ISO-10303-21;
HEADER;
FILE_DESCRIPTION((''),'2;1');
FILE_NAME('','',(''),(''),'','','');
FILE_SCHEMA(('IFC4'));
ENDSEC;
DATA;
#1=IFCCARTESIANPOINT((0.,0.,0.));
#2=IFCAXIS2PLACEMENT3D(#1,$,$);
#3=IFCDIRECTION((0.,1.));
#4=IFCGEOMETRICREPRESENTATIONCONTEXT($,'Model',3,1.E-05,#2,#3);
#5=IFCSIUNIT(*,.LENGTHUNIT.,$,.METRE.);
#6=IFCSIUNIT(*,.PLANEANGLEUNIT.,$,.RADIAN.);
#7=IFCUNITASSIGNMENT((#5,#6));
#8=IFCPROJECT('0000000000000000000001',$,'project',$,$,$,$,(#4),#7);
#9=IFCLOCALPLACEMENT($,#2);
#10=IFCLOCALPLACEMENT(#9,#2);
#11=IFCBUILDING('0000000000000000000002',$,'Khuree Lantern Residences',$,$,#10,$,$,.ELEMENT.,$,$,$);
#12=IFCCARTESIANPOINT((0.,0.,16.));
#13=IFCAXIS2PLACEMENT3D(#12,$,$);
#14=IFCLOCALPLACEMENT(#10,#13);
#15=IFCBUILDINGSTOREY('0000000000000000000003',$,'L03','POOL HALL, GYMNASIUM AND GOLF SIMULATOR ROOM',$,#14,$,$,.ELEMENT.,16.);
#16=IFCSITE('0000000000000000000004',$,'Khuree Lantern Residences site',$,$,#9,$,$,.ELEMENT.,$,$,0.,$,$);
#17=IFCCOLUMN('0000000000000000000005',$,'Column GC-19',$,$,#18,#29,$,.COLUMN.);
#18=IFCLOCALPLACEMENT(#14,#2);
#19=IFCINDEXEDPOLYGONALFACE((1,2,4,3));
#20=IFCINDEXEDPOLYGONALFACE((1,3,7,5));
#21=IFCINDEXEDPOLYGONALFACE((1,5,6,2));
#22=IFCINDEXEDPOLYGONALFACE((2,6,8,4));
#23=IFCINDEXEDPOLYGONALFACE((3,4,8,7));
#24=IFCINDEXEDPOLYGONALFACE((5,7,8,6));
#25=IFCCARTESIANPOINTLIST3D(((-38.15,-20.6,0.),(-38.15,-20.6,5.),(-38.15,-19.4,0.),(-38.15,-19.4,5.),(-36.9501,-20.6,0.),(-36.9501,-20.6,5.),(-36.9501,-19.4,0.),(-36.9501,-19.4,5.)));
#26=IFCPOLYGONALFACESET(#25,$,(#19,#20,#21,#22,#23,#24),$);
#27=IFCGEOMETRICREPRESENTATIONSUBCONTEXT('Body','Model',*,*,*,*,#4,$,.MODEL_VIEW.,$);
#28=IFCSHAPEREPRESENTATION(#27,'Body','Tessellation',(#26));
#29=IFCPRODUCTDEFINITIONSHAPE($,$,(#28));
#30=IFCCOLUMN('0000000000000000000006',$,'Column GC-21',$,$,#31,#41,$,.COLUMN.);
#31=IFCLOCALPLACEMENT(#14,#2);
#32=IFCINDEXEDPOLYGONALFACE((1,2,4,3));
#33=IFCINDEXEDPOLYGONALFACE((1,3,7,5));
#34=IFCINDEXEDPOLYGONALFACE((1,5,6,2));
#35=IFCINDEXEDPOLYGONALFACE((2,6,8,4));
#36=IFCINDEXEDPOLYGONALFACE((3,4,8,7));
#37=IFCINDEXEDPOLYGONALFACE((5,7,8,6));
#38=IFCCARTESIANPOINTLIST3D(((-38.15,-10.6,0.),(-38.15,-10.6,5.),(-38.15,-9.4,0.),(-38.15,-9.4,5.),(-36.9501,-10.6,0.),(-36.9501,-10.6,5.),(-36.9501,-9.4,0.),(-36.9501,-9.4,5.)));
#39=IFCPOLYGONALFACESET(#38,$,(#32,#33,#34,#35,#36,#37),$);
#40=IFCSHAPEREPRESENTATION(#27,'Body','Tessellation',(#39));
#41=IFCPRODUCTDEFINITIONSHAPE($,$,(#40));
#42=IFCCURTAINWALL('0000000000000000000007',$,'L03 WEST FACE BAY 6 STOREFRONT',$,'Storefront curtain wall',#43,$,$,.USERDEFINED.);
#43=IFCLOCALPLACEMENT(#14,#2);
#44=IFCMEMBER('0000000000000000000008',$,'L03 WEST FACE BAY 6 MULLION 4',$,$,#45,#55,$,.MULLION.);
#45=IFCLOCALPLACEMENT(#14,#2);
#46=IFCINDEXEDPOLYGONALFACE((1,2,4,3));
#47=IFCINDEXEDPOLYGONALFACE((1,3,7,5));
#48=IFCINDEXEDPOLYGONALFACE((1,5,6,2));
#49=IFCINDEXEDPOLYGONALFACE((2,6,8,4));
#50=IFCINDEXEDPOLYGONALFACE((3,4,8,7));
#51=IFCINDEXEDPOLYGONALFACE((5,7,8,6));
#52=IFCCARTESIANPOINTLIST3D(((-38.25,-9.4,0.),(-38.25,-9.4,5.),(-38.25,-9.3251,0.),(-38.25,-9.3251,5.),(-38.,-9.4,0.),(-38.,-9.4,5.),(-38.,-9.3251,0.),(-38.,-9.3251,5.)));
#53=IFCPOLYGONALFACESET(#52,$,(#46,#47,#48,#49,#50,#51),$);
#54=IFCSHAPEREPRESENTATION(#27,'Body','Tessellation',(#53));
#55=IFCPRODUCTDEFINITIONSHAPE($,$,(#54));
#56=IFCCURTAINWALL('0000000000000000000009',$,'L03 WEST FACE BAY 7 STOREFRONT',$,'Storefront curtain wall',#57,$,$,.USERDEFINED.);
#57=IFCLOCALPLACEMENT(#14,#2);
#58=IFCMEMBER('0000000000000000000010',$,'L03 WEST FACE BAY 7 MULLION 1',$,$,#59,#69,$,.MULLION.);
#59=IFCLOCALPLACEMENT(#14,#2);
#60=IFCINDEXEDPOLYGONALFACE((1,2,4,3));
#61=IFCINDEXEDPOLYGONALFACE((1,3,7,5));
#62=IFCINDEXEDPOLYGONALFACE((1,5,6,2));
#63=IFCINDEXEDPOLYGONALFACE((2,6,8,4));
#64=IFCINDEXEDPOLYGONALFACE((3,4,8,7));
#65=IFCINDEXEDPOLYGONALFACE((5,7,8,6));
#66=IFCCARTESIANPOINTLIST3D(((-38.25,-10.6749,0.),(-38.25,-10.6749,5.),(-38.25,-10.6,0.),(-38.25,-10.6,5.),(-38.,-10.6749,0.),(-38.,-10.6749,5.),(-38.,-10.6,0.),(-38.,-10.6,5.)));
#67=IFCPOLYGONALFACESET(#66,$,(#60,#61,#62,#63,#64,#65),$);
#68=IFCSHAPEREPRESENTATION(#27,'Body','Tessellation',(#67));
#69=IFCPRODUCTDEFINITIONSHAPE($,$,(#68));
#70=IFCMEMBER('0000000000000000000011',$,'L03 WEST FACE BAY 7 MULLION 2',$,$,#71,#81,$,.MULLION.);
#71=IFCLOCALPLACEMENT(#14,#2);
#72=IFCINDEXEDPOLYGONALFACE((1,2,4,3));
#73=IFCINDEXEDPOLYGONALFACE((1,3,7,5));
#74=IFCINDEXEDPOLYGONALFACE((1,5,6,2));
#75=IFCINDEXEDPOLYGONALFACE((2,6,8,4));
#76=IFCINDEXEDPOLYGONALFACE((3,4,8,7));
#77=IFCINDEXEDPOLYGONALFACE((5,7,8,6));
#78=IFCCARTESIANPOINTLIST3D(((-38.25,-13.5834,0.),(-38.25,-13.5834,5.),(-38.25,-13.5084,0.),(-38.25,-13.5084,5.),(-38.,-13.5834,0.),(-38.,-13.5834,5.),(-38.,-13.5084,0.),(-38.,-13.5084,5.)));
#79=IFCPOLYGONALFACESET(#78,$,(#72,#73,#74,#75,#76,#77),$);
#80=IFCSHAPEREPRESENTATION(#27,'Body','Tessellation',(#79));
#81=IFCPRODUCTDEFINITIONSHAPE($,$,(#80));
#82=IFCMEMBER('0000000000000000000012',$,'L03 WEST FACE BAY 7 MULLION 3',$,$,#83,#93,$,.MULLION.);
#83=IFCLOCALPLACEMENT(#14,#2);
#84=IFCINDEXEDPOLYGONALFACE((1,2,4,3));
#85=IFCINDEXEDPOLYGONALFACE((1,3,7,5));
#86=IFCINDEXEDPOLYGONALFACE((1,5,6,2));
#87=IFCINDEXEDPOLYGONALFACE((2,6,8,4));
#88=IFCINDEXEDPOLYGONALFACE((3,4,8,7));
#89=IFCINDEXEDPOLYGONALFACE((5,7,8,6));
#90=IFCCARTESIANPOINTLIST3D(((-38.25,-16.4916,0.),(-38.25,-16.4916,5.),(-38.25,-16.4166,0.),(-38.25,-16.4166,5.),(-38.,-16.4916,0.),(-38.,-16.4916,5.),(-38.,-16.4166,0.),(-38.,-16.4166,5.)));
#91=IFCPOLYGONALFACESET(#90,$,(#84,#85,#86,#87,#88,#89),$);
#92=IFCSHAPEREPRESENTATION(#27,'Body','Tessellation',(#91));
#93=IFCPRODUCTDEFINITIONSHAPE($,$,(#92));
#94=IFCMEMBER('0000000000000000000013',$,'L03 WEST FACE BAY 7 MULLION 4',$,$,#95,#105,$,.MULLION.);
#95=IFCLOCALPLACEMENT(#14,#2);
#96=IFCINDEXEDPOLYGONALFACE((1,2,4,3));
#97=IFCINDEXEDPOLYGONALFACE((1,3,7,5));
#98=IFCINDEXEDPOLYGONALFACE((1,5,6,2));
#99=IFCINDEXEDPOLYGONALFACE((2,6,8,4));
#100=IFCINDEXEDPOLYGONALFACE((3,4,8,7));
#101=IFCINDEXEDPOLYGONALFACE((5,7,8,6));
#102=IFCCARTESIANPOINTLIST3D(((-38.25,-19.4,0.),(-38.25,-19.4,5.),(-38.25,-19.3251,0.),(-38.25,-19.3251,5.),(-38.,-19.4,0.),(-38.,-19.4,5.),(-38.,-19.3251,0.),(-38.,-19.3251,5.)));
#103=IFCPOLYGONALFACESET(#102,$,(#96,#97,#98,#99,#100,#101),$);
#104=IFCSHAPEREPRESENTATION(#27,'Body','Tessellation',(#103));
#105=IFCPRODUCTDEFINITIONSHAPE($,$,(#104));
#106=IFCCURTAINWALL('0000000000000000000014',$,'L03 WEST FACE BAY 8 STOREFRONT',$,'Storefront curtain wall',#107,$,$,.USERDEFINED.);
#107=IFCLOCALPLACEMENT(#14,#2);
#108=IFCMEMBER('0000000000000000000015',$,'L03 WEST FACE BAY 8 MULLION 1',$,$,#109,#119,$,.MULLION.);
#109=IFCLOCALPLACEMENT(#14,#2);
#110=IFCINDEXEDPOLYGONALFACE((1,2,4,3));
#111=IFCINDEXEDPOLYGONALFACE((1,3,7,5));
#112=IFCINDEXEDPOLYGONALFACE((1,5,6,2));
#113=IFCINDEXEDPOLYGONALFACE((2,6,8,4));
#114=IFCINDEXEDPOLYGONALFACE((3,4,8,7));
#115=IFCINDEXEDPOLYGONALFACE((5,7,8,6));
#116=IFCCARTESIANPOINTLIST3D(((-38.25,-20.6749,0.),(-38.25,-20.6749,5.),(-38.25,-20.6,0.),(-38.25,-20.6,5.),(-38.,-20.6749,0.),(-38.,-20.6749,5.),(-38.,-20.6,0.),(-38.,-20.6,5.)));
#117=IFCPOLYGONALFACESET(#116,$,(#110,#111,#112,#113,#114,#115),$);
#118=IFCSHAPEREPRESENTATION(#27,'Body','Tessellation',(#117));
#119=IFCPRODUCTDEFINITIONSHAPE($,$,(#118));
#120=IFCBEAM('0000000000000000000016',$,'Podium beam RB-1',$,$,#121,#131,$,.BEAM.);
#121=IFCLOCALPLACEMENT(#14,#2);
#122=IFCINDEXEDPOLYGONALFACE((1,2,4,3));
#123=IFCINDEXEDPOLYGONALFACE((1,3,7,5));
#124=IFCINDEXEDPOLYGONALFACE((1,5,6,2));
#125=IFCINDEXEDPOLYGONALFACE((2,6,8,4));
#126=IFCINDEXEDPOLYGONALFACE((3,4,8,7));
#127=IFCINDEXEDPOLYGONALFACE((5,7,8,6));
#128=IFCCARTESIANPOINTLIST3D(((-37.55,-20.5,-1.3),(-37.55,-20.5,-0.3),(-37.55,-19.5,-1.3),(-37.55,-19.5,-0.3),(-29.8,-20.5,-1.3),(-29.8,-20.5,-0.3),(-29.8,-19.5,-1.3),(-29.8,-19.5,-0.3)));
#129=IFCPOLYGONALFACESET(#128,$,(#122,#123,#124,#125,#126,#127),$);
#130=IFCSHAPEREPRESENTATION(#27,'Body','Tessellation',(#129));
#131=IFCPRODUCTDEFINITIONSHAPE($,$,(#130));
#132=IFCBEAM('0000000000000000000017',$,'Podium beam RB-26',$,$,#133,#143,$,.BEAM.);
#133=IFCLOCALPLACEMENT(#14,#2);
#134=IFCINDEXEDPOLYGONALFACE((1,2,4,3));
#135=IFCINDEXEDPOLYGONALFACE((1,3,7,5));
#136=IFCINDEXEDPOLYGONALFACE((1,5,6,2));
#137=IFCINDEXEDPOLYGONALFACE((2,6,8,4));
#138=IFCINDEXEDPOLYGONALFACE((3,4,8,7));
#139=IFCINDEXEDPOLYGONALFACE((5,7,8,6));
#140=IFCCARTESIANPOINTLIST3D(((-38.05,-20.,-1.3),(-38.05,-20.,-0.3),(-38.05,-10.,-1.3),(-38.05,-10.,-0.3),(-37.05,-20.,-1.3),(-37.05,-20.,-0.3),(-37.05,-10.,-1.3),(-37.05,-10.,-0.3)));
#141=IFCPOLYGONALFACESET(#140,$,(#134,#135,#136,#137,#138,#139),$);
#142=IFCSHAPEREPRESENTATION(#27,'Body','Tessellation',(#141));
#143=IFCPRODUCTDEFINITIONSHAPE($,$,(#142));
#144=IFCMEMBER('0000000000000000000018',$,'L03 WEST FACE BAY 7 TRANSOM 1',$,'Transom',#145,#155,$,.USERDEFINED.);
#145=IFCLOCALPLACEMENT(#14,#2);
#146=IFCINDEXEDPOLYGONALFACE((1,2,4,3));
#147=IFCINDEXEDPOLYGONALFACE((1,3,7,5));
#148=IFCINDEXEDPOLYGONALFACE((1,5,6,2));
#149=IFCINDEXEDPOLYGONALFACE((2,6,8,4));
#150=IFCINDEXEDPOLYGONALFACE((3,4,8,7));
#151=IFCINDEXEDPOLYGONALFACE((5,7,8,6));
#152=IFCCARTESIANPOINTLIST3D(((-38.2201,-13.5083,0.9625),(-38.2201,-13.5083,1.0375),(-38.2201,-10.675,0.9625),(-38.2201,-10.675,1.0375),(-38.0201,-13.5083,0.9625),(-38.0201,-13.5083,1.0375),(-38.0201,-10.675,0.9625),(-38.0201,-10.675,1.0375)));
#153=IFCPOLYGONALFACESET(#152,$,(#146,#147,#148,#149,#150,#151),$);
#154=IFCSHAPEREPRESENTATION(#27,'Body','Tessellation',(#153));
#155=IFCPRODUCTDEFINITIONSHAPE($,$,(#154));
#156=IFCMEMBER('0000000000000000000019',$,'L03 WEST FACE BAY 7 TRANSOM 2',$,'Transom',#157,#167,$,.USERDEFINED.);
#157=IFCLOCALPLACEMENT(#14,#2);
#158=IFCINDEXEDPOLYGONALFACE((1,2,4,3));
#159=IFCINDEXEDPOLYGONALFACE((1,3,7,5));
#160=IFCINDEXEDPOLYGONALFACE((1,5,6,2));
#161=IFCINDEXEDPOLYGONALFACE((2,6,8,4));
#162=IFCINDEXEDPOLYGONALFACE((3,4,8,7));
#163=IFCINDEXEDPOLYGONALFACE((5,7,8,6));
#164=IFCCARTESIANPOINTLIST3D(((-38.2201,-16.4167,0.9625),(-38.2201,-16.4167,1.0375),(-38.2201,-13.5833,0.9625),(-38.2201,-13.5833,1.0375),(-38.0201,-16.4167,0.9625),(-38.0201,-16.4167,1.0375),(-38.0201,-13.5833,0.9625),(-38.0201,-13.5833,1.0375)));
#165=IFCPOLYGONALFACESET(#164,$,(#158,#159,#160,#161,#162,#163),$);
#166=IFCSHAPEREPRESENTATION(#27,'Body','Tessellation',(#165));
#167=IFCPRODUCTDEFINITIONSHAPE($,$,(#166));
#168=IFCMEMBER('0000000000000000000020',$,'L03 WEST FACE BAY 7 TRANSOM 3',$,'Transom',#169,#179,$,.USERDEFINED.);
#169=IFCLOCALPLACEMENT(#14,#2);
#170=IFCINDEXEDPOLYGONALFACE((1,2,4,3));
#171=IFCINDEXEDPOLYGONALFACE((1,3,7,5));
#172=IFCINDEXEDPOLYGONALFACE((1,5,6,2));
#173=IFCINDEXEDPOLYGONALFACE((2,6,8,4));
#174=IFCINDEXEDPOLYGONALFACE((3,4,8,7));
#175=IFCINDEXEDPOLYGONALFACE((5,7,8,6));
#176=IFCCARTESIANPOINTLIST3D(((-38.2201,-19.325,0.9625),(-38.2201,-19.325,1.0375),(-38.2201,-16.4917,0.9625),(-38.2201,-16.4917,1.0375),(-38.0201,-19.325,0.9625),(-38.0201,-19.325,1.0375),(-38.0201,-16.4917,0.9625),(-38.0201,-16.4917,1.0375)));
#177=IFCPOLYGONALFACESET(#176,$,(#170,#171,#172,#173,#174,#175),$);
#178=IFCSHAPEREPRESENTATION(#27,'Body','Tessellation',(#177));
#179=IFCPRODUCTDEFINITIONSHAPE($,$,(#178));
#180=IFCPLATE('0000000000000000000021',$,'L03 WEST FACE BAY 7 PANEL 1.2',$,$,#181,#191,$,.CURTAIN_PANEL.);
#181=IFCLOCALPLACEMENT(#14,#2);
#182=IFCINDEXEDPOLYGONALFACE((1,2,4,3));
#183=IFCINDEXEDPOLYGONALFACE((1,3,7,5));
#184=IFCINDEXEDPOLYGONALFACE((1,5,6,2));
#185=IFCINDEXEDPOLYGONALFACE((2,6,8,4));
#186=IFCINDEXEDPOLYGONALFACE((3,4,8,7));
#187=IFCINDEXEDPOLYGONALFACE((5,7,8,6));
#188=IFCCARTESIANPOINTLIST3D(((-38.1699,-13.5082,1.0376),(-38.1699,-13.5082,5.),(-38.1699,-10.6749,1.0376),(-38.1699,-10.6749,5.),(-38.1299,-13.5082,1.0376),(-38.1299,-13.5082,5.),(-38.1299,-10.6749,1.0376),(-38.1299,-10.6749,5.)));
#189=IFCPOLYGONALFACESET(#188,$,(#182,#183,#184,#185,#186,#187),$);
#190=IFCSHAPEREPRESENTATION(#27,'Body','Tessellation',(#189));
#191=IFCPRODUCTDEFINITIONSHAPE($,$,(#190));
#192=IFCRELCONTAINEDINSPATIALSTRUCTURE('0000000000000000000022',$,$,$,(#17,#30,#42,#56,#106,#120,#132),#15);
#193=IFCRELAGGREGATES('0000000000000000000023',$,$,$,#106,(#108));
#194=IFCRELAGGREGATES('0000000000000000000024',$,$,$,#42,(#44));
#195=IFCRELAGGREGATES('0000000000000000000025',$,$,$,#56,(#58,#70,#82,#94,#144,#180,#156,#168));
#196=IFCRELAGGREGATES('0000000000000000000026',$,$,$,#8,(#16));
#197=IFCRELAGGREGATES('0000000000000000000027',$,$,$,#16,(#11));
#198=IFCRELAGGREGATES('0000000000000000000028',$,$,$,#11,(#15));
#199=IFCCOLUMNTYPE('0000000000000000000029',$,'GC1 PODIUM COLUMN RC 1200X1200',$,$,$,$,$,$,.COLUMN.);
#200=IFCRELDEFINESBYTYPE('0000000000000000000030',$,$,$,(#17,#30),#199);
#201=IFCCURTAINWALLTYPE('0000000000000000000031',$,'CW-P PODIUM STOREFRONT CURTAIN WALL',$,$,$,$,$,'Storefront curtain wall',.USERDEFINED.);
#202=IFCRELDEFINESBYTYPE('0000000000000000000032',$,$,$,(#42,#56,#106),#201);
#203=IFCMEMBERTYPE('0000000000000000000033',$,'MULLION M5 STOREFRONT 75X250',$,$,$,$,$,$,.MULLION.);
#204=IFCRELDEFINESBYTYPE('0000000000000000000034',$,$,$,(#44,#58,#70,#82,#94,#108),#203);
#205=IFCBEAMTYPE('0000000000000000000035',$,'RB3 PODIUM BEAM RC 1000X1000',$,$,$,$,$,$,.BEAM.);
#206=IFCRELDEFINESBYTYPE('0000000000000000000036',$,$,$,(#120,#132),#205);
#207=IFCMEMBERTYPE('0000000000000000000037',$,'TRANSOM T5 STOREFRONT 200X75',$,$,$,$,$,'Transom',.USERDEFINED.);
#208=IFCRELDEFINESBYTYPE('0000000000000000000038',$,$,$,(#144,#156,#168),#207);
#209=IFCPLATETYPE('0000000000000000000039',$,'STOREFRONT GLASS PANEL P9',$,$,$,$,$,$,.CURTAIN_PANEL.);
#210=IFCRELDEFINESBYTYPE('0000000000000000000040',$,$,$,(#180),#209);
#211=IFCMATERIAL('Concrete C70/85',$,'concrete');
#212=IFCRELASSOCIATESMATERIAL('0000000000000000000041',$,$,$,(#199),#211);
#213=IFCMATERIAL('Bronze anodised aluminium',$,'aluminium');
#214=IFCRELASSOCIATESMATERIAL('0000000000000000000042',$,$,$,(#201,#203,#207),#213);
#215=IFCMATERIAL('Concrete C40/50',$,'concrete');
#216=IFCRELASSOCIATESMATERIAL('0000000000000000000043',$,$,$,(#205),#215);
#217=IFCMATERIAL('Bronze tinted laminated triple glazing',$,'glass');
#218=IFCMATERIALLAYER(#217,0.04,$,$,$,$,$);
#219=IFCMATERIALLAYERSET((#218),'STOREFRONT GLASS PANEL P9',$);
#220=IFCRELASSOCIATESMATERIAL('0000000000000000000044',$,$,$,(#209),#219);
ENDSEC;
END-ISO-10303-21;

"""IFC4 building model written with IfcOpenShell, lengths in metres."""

from ifc_helpers import new_model, si_unit, direction, frame, origin, origin_2d, place, context, subcontext, project, spatial, rectangle, extrude, material, layer, layer_set, material_profile, profile_set, type_object, element, aggregate, save


model = new_model("IFC4")

# Units and contexts
model_context = context("Model", 3, precision=1e-05, world=origin(), true_north=direction((0.0, 1.0)))
body_context = subcontext(model_context, "Body", "Model", "MODEL_VIEW")
ifc_project = project(units=[si_unit("LENGTHUNIT", "METRE"), si_unit("PLANEANGLEUNIT", "RADIAN")], contexts=[model_context])

# Site, building, storey
site_placement = place(None, origin())
site = spatial("IfcSite", under=ifc_project, at=site_placement, Name="Khuree Lantern Residences site", CompositionType="ELEMENT", RefElevation=0.0)
building_placement = place(site_placement, origin())
building = spatial("IfcBuilding", under=site, at=building_placement, Name="Khuree Lantern Residences", CompositionType="ELEMENT")
storey_placement = place(building_placement, frame((0.0, 0.0, 16.0)))
storey = spatial("IfcBuildingStorey", under=building, at=storey_placement, Name="L03", Description="POOL HALL, GYMNASIUM AND GOLF SIMULATOR ROOM", CompositionType="ELEMENT", Elevation=16.0)

# Columns
ifc_material_1 = material(Name="Concrete C70/85", Category="concrete")
ifc_material_profile_1 = material_profile(ifc_material_1, rectangle(XDim=1.2, YDim=1.2, at=origin_2d()), Name="RC 1200X1200")
ifc_profile_set_1 = profile_set([ifc_material_profile_1], Name="Concrete C70/85")
column_type = type_object("IfcColumnType", Name="GC1 PODIUM COLUMN RC 1200X1200", PredefinedType="COLUMN", material=ifc_profile_set_1)
for number, where, z_axis, x_axis, name in (
    (1, (-37.55, -20.0, 0.0), (0.0, 0.0, 1.0), (1.0, 0.0, 0.0), "Column GC-19"),
    (2, (-37.55, -10.0, 0.0), (0.0, 0.0, 1.0), (1.0, 0.0, 0.0), "Column GC-21"),
):
    element("IfcColumn", number, at=place(storey_placement, frame(where, z_axis=z_axis, x_axis=x_axis)), inside=storey, type_object=column_type, Name=name, PredefinedType="COLUMN", context=body_context, shape_type="SweptSolid", body=[
        extrude(rectangle(XDim=1.2, YDim=1.2, at=origin_2d()), origin(), (0.0, 0.0, 1.0), 5.0),
    ])

# Curtain wall, member
ifc_material_2 = material(Name="Bronze anodised aluminium", Category="aluminium")
curtain_wall_type = type_object("IfcCurtainWallType", Name="CW-P PODIUM STOREFRONT CURTAIN WALL", ElementType="Storefront curtain wall", PredefinedType="USERDEFINED", material=ifc_material_2)
curtain_wall_1_placement = place(storey_placement, origin())
curtain_wall_1 = element("IfcCurtainWall", 3, at=curtain_wall_1_placement, inside=storey, type_object=curtain_wall_type, Name="L03 WEST FACE BAY 6 STOREFRONT", ObjectType="Storefront curtain wall", PredefinedType="USERDEFINED")
ifc_material_profile_2 = material_profile(ifc_material_2, rectangle(XDim=0.075, YDim=0.25, at=origin_2d()), Name="M5 75X250")
ifc_profile_set_2 = profile_set([ifc_material_profile_2], Name="Bronze anodised aluminium")
member_type_1 = type_object("IfcMemberType", Name="MULLION M5 STOREFRONT 75X250", PredefinedType="MULLION", material=ifc_profile_set_2)
member_1_placement = place(storey_placement, frame((-38.125, -9.3625, 0.0), z_axis=(0.0, 0.0, 1.0), x_axis=(0.0, -1.0, 0.0)))
member_1 = element("IfcMember", 4, at=member_1_placement, type_object=member_type_1, Name="L03 WEST FACE BAY 6 MULLION 4", PredefinedType="MULLION", context=body_context, shape_type="SweptSolid", body=[
    extrude(rectangle(XDim=0.075, YDim=0.25, at=origin_2d()), origin(), (0.0, 0.0, 1.0), 5.0),
])

# Curtain wall, members
curtain_wall_2_placement = place(storey_placement, origin())
curtain_wall_2 = element("IfcCurtainWall", 5, at=curtain_wall_2_placement, inside=storey, type_object=curtain_wall_type, Name="L03 WEST FACE BAY 7 STOREFRONT", ObjectType="Storefront curtain wall", PredefinedType="USERDEFINED")
member_2_placement = place(storey_placement, frame((-38.125, -10.6375, 0.0), z_axis=(0.0, 0.0, 1.0), x_axis=(0.0, -1.0, 0.0)))
member_2 = element("IfcMember", 6, at=member_2_placement, type_object=member_type_1, Name="L03 WEST FACE BAY 7 MULLION 1", PredefinedType="MULLION", context=body_context, shape_type="SweptSolid", body=[
    extrude(rectangle(XDim=0.075, YDim=0.25, at=origin_2d()), origin(), (0.0, 0.0, 1.0), 5.0),
])
member_3_placement = place(storey_placement, frame((-38.125, -13.5459, 0.0), z_axis=(0.0, 0.0, 1.0), x_axis=(0.0, -1.0, 0.0)))
member_3 = element("IfcMember", 7, at=member_3_placement, type_object=member_type_1, Name="L03 WEST FACE BAY 7 MULLION 2", PredefinedType="MULLION", context=body_context, shape_type="SweptSolid", body=[
    extrude(rectangle(XDim=0.075, YDim=0.25, at=origin_2d()), origin(), (0.0, 0.0, 1.0), 5.0),
])
member_4_placement = place(storey_placement, frame((-38.125, -16.4541, 0.0), z_axis=(0.0, 0.0, 1.0), x_axis=(0.0, -1.0, 0.0)))
member_4 = element("IfcMember", 8, at=member_4_placement, type_object=member_type_1, Name="L03 WEST FACE BAY 7 MULLION 3", PredefinedType="MULLION", context=body_context, shape_type="SweptSolid", body=[
    extrude(rectangle(XDim=0.075, YDim=0.25, at=origin_2d()), origin(), (0.0, 0.0, 1.0), 5.0),
])
member_5_placement = place(storey_placement, frame((-38.125, -19.3625, 0.0), z_axis=(0.0, 0.0, 1.0), x_axis=(0.0, -1.0, 0.0)))
member_5 = element("IfcMember", 9, at=member_5_placement, type_object=member_type_1, Name="L03 WEST FACE BAY 7 MULLION 4", PredefinedType="MULLION", context=body_context, shape_type="SweptSolid", body=[
    extrude(rectangle(XDim=0.075, YDim=0.25, at=origin_2d()), origin(), (0.0, 0.0, 1.0), 5.0),
])

# Curtain wall, member
curtain_wall_3_placement = place(storey_placement, origin())
curtain_wall_3 = element("IfcCurtainWall", 10, at=curtain_wall_3_placement, inside=storey, type_object=curtain_wall_type, Name="L03 WEST FACE BAY 8 STOREFRONT", ObjectType="Storefront curtain wall", PredefinedType="USERDEFINED")
member_6_placement = place(storey_placement, frame((-38.125, -20.6375, 0.0), z_axis=(0.0, 0.0, 1.0), x_axis=(0.0, -1.0, 0.0)))
member_6 = element("IfcMember", 11, at=member_6_placement, type_object=member_type_1, Name="L03 WEST FACE BAY 8 MULLION 1", PredefinedType="MULLION", context=body_context, shape_type="SweptSolid", body=[
    extrude(rectangle(XDim=0.075, YDim=0.25, at=origin_2d()), origin(), (0.0, 0.0, 1.0), 5.0),
])
aggregate(curtain_wall_3, [member_6])

# Beams
ifc_material_3 = material(Name="Concrete C40/50", Category="concrete")
ifc_material_profile_3 = material_profile(ifc_material_3, rectangle(XDim=1.0, YDim=1.0, at=origin_2d()), Name="RC 1000X1000")
ifc_profile_set_3 = profile_set([ifc_material_profile_3], Name="Concrete C40/50")
beam_type = type_object("IfcBeamType", Name="RB3 PODIUM BEAM RC 1000X1000", PredefinedType="BEAM", material=ifc_profile_set_3)
beam_1_placement = place(storey_placement, frame((-37.55, -20.0, -0.8), z_axis=(1.0, 0.0, 0.0), x_axis=(0.0, 1.0, 0.0)))
element("IfcBeam", 12, at=beam_1_placement, inside=storey, type_object=beam_type, Name="Podium beam RB-1", PredefinedType="BEAM", context=body_context, shape_type="SweptSolid", body=[
    extrude(rectangle(XDim=1.0, YDim=1.0, at=origin_2d()), origin(), (0.0, 0.0, 1.0), 7.75),
])
beam_2_placement = place(storey_placement, frame((-37.55, -20.0, -0.8), z_axis=(0.0, 1.0, 0.0), x_axis=(-1.0, 0.0, 0.0)))
element("IfcBeam", 13, at=beam_2_placement, inside=storey, type_object=beam_type, Name="Podium beam RB-26", PredefinedType="BEAM", context=body_context, shape_type="SweptSolid", body=[
    extrude(rectangle(XDim=1.0, YDim=1.0, at=origin_2d()), origin(), (0.0, 0.0, 1.0), 10.0),
])

# Members
ifc_material_profile_4 = material_profile(ifc_material_2, rectangle(XDim=0.2, YDim=0.075, at=origin_2d()), Name="T5 200X75")
ifc_profile_set_4 = profile_set([ifc_material_profile_4], Name="Bronze anodised aluminium")
member_type_2 = type_object("IfcMemberType", Name="TRANSOM T5 STOREFRONT 200X75", ElementType="Transom", PredefinedType="USERDEFINED", material=ifc_profile_set_4)
member_7_placement = place(storey_placement, frame((-38.1201, -10.675, 1.0), z_axis=(0.0, -1.0, 0.0), x_axis=(1.0, 0.0, 0.0)))
member_7 = element("IfcMember", 14, at=member_7_placement, type_object=member_type_2, Name="L03 WEST FACE BAY 7 TRANSOM 1", ObjectType="Transom", PredefinedType="USERDEFINED", context=body_context, shape_type="SweptSolid", body=[
    extrude(rectangle(XDim=0.2, YDim=0.075, at=origin_2d()), origin(), (0.0, 0.0, 1.0), 2.8333),
])
member_8_placement = place(storey_placement, frame((-38.1201, -13.5833, 1.0), z_axis=(0.0, -1.0, 0.0), x_axis=(1.0, 0.0, 0.0)))
member_8 = element("IfcMember", 15, at=member_8_placement, type_object=member_type_2, Name="L03 WEST FACE BAY 7 TRANSOM 2", ObjectType="Transom", PredefinedType="USERDEFINED", context=body_context, shape_type="SweptSolid", body=[
    extrude(rectangle(XDim=0.2, YDim=0.075, at=origin_2d()), origin(), (0.0, 0.0, 1.0), 2.8335),
])
member_9_placement = place(storey_placement, frame((-38.1201, -16.4917, 1.0), z_axis=(0.0, -1.0, 0.0), x_axis=(1.0, 0.0, 0.0)))
member_9 = element("IfcMember", 16, at=member_9_placement, type_object=member_type_2, Name="L03 WEST FACE BAY 7 TRANSOM 3", ObjectType="Transom", PredefinedType="USERDEFINED", context=body_context, shape_type="SweptSolid", body=[
    extrude(rectangle(XDim=0.2, YDim=0.075, at=origin_2d()), origin(), (0.0, 0.0, 1.0), 2.8333),
])

# Plate
ifc_material_4 = material(Name="Bronze tinted laminated triple glazing", Category="glass")
ifc_layer_1 = layer(ifc_material_4, 0.04)
ifc_layer_set_1 = layer_set([ifc_layer_1], Name="STOREFRONT GLASS PANEL P9")
plate_type_1 = type_object("IfcPlateType", Name="STOREFRONT GLASS PANEL P9", PredefinedType="CURTAIN_PANEL", material=ifc_layer_set_1)
plate_1_placement = place(storey_placement, frame((-38.1499, -12.0916, 1.0376), z_axis=(0.0, 0.0, 1.0), x_axis=(0.0, -1.0, 0.0)))
plate_1 = element("IfcPlate", 17, at=plate_1_placement, type_object=plate_type_1, Name="L03 WEST FACE BAY 7 PANEL 1.2", PredefinedType="CURTAIN_PANEL", context=body_context, shape_type="SweptSolid", body=[
    extrude(rectangle(XDim=2.8333, YDim=0.04, at=origin_2d()), origin(), (0.0, 0.0, 1.0), 3.9624),
])
aggregate(curtain_wall_1, [member_1])
aggregate(curtain_wall_2, [member_2, member_3, member_4, member_5, member_7, plate_1, member_8, member_9])

save(model, "model.ifc")
